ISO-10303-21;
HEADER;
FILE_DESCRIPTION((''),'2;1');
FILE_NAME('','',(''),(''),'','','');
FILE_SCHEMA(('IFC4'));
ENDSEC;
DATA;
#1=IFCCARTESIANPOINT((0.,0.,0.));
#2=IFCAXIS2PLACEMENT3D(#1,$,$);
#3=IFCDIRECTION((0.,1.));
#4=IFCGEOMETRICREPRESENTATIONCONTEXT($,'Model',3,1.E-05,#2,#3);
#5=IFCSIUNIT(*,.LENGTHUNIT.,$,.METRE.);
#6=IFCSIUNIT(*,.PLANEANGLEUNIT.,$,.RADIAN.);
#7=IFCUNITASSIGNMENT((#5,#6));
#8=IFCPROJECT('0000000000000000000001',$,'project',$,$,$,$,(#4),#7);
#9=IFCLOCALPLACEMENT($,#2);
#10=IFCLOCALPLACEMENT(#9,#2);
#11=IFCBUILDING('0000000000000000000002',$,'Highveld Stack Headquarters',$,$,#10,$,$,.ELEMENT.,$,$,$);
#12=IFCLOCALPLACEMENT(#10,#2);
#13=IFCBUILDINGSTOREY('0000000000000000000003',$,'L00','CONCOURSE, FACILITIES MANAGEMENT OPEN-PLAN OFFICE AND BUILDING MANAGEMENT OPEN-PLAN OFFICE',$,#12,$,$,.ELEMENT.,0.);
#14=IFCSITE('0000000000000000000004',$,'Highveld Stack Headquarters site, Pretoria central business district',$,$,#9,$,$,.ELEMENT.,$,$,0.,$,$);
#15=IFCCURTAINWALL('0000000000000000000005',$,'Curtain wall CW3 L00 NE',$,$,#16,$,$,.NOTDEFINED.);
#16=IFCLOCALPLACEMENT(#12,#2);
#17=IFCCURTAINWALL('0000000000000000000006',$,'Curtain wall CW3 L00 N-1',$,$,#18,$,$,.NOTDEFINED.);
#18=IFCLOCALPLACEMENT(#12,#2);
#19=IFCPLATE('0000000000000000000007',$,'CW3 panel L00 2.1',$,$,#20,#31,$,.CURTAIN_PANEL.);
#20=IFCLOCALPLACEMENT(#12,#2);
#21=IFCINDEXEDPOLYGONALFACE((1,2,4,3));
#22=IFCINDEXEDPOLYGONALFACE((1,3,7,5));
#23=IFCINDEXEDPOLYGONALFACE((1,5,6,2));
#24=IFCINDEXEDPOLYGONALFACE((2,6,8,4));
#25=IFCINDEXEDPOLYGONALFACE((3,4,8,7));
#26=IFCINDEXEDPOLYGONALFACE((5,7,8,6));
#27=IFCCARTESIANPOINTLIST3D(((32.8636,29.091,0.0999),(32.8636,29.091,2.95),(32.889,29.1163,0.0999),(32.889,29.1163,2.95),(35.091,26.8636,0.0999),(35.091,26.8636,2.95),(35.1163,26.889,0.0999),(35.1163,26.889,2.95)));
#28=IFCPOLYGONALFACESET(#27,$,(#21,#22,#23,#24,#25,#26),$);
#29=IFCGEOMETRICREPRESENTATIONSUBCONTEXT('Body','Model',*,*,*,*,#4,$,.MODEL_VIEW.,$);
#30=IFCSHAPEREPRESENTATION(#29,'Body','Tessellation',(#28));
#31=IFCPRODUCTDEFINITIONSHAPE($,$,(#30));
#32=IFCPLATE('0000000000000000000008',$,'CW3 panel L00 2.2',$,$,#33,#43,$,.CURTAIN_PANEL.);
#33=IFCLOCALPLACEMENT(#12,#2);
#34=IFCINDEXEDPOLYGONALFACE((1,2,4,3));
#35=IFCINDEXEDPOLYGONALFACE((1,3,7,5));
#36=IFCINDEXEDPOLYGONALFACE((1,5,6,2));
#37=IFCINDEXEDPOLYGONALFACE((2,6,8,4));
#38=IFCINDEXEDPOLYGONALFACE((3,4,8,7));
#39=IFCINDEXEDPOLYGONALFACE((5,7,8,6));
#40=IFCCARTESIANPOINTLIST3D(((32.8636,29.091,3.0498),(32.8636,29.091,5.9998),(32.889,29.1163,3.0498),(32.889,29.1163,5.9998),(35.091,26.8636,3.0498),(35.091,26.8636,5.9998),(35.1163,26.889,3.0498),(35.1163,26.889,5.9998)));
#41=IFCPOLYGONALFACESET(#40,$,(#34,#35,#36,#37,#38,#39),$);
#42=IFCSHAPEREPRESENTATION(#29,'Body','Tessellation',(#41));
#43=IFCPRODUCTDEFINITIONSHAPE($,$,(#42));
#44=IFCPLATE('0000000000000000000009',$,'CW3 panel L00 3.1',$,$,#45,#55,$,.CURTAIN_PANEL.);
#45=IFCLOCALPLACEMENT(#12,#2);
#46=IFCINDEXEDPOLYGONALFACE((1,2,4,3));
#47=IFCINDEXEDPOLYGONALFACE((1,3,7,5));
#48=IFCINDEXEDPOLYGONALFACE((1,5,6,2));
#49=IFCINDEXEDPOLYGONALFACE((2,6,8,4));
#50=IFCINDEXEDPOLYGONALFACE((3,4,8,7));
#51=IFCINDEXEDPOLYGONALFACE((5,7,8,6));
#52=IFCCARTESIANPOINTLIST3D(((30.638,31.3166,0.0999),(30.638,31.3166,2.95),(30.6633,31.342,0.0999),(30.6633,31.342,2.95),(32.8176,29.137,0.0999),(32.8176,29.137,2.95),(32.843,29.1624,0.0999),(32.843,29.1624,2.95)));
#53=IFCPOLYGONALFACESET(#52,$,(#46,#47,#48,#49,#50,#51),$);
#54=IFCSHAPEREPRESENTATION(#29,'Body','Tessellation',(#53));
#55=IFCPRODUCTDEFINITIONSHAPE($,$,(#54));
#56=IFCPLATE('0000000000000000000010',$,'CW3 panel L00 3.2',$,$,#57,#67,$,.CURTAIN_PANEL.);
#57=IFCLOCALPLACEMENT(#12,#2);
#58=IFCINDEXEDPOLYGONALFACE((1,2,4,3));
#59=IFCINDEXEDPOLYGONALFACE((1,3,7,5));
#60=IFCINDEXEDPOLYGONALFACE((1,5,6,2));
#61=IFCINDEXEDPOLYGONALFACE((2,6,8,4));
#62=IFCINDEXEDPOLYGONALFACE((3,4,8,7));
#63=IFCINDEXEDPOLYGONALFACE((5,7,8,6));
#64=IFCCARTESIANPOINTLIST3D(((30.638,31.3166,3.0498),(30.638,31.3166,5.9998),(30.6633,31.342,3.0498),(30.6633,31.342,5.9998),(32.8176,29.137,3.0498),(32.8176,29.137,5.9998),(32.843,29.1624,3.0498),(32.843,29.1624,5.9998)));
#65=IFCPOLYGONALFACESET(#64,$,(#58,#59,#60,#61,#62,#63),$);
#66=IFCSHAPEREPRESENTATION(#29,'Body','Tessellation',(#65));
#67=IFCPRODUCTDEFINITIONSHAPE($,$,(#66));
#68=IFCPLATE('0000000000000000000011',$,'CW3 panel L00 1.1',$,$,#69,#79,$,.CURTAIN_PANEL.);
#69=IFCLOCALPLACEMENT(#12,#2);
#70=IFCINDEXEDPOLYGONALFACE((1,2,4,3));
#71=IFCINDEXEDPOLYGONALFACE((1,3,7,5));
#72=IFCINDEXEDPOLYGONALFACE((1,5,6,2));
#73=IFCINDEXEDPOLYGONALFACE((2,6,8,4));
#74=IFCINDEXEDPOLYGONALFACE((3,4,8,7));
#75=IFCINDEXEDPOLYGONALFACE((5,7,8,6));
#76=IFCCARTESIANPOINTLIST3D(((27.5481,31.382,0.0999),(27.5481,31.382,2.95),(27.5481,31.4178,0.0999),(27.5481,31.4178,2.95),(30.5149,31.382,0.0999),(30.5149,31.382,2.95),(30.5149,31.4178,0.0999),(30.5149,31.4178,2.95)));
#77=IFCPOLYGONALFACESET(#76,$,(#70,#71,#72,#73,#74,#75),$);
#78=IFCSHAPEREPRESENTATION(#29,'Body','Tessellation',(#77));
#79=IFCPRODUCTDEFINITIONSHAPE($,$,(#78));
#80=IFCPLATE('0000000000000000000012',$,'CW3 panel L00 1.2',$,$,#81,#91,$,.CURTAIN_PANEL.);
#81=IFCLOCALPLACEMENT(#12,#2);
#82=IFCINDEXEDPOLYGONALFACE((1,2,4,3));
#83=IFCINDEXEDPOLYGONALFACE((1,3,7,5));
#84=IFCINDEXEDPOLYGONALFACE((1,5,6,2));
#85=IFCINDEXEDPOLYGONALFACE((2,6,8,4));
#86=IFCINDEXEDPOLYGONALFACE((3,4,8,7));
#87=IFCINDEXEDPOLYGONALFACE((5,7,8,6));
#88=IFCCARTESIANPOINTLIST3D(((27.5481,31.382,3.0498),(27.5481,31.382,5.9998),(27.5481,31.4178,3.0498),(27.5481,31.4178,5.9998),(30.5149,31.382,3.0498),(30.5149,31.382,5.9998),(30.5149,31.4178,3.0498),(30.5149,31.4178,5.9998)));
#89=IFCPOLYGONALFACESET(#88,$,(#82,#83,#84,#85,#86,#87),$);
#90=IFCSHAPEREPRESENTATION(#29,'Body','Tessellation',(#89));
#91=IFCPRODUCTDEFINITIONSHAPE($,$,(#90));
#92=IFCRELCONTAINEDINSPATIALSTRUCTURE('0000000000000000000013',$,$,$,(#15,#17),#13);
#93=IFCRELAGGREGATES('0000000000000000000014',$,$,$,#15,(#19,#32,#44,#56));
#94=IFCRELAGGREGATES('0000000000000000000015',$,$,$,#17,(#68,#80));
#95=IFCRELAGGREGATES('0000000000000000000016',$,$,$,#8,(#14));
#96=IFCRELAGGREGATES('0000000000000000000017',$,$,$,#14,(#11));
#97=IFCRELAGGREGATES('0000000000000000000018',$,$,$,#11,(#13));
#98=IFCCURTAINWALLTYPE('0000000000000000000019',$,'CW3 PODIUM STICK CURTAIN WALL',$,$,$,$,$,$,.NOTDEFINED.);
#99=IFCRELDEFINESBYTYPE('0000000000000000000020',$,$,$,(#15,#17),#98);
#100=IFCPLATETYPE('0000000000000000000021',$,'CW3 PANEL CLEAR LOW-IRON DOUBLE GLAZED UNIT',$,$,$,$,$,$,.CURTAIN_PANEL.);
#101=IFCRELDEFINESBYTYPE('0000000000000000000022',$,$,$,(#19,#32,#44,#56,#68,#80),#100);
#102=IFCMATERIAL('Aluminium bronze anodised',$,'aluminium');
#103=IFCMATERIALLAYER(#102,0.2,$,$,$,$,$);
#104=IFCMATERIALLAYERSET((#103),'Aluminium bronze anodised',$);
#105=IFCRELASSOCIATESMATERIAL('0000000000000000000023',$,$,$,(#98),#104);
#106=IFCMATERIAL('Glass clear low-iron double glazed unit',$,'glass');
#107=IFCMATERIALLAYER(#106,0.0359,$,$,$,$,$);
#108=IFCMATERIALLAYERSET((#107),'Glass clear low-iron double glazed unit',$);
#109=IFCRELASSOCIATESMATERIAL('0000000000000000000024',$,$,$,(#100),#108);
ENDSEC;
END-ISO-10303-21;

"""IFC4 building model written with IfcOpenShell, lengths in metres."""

from ifc_helpers import new_model, si_unit, direction, frame, origin, origin_2d, place, context, subcontext, project, spatial, rectangle, extrude, material, layer, layer_set, type_object, element, aggregate, save


model = new_model("IFC4")

# Units and contexts
model_context = context("Model", 3, precision=1e-05, world=origin(), true_north=direction((0.0, 1.0)))
body_context = subcontext(model_context, "Body", "Model", "MODEL_VIEW")
ifc_project = project(units=[si_unit("LENGTHUNIT", "METRE"), si_unit("PLANEANGLEUNIT", "RADIAN")], contexts=[model_context])

# Site, building, storey
site_placement = place(None, origin())
site = spatial("IfcSite", under=ifc_project, at=site_placement, Name="Highveld Stack Headquarters site, Pretoria central business district", CompositionType="ELEMENT", RefElevation=0.0)
building_placement = place(site_placement, origin())
building = spatial("IfcBuilding", under=site, at=building_placement, Name="Highveld Stack Headquarters", CompositionType="ELEMENT")
storey_placement = place(building_placement, origin())
storey = spatial("IfcBuildingStorey", under=building, at=storey_placement, Name="L00", Description="CONCOURSE, FACILITIES MANAGEMENT OPEN-PLAN OFFICE AND BUILDING MANAGEMENT OPEN-PLAN OFFICE", CompositionType="ELEMENT", Elevation=0.0)

# Curtain walls
ifc_material_1 = material(Name="Aluminium bronze anodised", Category="aluminium")
ifc_layer_1 = layer(ifc_material_1, 0.2)
ifc_layer_set_1 = layer_set([ifc_layer_1], Name="Aluminium bronze anodised")
curtain_wall_type = type_object("IfcCurtainWallType", Name="CW3 PODIUM STICK CURTAIN WALL", PredefinedType="NOTDEFINED", material=ifc_layer_set_1)
curtain_wall_1_placement = place(storey_placement, origin())
curtain_wall_1 = element("IfcCurtainWall", 1, at=curtain_wall_1_placement, inside=storey, type_object=curtain_wall_type, Name="Curtain wall CW3 L00 NE", PredefinedType="NOTDEFINED")
curtain_wall_2_placement = place(storey_placement, origin())
curtain_wall_2 = element("IfcCurtainWall", 2, at=curtain_wall_2_placement, inside=storey, type_object=curtain_wall_type, Name="Curtain wall CW3 L00 N-1", PredefinedType="NOTDEFINED")

# Plates
ifc_material_2 = material(Name="Glass clear low-iron double glazed unit", Category="glass")
ifc_layer_2 = layer(ifc_material_2, 0.0359)
ifc_layer_set_2 = layer_set([ifc_layer_2], Name="Glass clear low-iron double glazed unit")
plate_type = type_object("IfcPlateType", Name="CW3 PANEL CLEAR LOW-IRON DOUBLE GLAZED UNIT", PredefinedType="CURTAIN_PANEL", material=ifc_layer_set_2)
plate_1_placement = place(storey_placement, frame((33.99, 27.99, 0.0999), z_axis=(0.0, 0.0, 1.0), x_axis=(-0.707107, 0.707107, 0.0)))
plate_1 = element("IfcPlate", 3, at=plate_1_placement, type_object=plate_type, Name="CW3 panel L00 2.1", PredefinedType="CURTAIN_PANEL", context=body_context, shape_type="SweptSolid", body=[
    extrude(rectangle(XDim=3.1499, YDim=0.0359, at=origin_2d()), origin(), (0.0, 0.0, 1.0), 2.8501),
])
plate_2_placement = place(storey_placement, frame((33.99, 27.99, 3.0498), z_axis=(0.0, 0.0, 1.0), x_axis=(-0.707107, 0.707107, 0.0)))
plate_2 = element("IfcPlate", 4, at=plate_2_placement, type_object=plate_type, Name="CW3 panel L00 2.2", PredefinedType="CURTAIN_PANEL", context=body_context, shape_type="SweptSolid", body=[
    extrude(rectangle(XDim=3.1499, YDim=0.0359, at=origin_2d()), origin(), (0.0, 0.0, 1.0), 2.95),
])
plate_3_placement = place(storey_placement, frame((31.7405, 30.2395, 0.0999), z_axis=(0.0, 0.0, 1.0), x_axis=(-0.707107, 0.707107, 0.0)))
plate_3 = element("IfcPlate", 5, at=plate_3_placement, type_object=plate_type, Name="CW3 panel L00 3.1", PredefinedType="CURTAIN_PANEL", context=body_context, shape_type="SweptSolid", body=[
    extrude(rectangle(XDim=3.0825, YDim=0.0359, at=origin_2d()), origin(), (0.0, 0.0, 1.0), 2.8501),
])
plate_4_placement = place(storey_placement, frame((31.7405, 30.2395, 3.0498), z_axis=(0.0, 0.0, 1.0), x_axis=(-0.707107, 0.707107, 0.0)))
plate_4 = element("IfcPlate", 6, at=plate_4_placement, type_object=plate_type, Name="CW3 panel L00 3.2", PredefinedType="CURTAIN_PANEL", context=body_context, shape_type="SweptSolid", body=[
    extrude(rectangle(XDim=3.0825, YDim=0.0359, at=origin_2d()), origin(), (0.0, 0.0, 1.0), 2.95),
])
aggregate(curtain_wall_1, [plate_1, plate_2, plate_3, plate_4])
plate_5_placement = place(storey_placement, frame((29.0315, 31.3999, 0.0999), z_axis=(0.0, 0.0, 1.0), x_axis=(-1.0, 0.0, 0.0)))
plate_5 = element("IfcPlate", 7, at=plate_5_placement, type_object=plate_type, Name="CW3 panel L00 1.1", PredefinedType="CURTAIN_PANEL", context=body_context, shape_type="SweptSolid", body=[
    extrude(rectangle(XDim=2.9668, YDim=0.0359, at=origin_2d()), origin(), (0.0, 0.0, 1.0), 2.8501),
])
plate_6_placement = place(storey_placement, frame((29.0315, 31.3999, 3.0498), z_axis=(0.0, 0.0, 1.0), x_axis=(-1.0, 0.0, 0.0)))
plate_6 = element("IfcPlate", 8, at=plate_6_placement, type_object=plate_type, Name="CW3 panel L00 1.2", PredefinedType="CURTAIN_PANEL", context=body_context, shape_type="SweptSolid", body=[
    extrude(rectangle(XDim=2.9668, YDim=0.0359, at=origin_2d()), origin(), (0.0, 0.0, 1.0), 2.95),
])
aggregate(curtain_wall_2, [plate_5, plate_6])

save(model, "model.ifc")
